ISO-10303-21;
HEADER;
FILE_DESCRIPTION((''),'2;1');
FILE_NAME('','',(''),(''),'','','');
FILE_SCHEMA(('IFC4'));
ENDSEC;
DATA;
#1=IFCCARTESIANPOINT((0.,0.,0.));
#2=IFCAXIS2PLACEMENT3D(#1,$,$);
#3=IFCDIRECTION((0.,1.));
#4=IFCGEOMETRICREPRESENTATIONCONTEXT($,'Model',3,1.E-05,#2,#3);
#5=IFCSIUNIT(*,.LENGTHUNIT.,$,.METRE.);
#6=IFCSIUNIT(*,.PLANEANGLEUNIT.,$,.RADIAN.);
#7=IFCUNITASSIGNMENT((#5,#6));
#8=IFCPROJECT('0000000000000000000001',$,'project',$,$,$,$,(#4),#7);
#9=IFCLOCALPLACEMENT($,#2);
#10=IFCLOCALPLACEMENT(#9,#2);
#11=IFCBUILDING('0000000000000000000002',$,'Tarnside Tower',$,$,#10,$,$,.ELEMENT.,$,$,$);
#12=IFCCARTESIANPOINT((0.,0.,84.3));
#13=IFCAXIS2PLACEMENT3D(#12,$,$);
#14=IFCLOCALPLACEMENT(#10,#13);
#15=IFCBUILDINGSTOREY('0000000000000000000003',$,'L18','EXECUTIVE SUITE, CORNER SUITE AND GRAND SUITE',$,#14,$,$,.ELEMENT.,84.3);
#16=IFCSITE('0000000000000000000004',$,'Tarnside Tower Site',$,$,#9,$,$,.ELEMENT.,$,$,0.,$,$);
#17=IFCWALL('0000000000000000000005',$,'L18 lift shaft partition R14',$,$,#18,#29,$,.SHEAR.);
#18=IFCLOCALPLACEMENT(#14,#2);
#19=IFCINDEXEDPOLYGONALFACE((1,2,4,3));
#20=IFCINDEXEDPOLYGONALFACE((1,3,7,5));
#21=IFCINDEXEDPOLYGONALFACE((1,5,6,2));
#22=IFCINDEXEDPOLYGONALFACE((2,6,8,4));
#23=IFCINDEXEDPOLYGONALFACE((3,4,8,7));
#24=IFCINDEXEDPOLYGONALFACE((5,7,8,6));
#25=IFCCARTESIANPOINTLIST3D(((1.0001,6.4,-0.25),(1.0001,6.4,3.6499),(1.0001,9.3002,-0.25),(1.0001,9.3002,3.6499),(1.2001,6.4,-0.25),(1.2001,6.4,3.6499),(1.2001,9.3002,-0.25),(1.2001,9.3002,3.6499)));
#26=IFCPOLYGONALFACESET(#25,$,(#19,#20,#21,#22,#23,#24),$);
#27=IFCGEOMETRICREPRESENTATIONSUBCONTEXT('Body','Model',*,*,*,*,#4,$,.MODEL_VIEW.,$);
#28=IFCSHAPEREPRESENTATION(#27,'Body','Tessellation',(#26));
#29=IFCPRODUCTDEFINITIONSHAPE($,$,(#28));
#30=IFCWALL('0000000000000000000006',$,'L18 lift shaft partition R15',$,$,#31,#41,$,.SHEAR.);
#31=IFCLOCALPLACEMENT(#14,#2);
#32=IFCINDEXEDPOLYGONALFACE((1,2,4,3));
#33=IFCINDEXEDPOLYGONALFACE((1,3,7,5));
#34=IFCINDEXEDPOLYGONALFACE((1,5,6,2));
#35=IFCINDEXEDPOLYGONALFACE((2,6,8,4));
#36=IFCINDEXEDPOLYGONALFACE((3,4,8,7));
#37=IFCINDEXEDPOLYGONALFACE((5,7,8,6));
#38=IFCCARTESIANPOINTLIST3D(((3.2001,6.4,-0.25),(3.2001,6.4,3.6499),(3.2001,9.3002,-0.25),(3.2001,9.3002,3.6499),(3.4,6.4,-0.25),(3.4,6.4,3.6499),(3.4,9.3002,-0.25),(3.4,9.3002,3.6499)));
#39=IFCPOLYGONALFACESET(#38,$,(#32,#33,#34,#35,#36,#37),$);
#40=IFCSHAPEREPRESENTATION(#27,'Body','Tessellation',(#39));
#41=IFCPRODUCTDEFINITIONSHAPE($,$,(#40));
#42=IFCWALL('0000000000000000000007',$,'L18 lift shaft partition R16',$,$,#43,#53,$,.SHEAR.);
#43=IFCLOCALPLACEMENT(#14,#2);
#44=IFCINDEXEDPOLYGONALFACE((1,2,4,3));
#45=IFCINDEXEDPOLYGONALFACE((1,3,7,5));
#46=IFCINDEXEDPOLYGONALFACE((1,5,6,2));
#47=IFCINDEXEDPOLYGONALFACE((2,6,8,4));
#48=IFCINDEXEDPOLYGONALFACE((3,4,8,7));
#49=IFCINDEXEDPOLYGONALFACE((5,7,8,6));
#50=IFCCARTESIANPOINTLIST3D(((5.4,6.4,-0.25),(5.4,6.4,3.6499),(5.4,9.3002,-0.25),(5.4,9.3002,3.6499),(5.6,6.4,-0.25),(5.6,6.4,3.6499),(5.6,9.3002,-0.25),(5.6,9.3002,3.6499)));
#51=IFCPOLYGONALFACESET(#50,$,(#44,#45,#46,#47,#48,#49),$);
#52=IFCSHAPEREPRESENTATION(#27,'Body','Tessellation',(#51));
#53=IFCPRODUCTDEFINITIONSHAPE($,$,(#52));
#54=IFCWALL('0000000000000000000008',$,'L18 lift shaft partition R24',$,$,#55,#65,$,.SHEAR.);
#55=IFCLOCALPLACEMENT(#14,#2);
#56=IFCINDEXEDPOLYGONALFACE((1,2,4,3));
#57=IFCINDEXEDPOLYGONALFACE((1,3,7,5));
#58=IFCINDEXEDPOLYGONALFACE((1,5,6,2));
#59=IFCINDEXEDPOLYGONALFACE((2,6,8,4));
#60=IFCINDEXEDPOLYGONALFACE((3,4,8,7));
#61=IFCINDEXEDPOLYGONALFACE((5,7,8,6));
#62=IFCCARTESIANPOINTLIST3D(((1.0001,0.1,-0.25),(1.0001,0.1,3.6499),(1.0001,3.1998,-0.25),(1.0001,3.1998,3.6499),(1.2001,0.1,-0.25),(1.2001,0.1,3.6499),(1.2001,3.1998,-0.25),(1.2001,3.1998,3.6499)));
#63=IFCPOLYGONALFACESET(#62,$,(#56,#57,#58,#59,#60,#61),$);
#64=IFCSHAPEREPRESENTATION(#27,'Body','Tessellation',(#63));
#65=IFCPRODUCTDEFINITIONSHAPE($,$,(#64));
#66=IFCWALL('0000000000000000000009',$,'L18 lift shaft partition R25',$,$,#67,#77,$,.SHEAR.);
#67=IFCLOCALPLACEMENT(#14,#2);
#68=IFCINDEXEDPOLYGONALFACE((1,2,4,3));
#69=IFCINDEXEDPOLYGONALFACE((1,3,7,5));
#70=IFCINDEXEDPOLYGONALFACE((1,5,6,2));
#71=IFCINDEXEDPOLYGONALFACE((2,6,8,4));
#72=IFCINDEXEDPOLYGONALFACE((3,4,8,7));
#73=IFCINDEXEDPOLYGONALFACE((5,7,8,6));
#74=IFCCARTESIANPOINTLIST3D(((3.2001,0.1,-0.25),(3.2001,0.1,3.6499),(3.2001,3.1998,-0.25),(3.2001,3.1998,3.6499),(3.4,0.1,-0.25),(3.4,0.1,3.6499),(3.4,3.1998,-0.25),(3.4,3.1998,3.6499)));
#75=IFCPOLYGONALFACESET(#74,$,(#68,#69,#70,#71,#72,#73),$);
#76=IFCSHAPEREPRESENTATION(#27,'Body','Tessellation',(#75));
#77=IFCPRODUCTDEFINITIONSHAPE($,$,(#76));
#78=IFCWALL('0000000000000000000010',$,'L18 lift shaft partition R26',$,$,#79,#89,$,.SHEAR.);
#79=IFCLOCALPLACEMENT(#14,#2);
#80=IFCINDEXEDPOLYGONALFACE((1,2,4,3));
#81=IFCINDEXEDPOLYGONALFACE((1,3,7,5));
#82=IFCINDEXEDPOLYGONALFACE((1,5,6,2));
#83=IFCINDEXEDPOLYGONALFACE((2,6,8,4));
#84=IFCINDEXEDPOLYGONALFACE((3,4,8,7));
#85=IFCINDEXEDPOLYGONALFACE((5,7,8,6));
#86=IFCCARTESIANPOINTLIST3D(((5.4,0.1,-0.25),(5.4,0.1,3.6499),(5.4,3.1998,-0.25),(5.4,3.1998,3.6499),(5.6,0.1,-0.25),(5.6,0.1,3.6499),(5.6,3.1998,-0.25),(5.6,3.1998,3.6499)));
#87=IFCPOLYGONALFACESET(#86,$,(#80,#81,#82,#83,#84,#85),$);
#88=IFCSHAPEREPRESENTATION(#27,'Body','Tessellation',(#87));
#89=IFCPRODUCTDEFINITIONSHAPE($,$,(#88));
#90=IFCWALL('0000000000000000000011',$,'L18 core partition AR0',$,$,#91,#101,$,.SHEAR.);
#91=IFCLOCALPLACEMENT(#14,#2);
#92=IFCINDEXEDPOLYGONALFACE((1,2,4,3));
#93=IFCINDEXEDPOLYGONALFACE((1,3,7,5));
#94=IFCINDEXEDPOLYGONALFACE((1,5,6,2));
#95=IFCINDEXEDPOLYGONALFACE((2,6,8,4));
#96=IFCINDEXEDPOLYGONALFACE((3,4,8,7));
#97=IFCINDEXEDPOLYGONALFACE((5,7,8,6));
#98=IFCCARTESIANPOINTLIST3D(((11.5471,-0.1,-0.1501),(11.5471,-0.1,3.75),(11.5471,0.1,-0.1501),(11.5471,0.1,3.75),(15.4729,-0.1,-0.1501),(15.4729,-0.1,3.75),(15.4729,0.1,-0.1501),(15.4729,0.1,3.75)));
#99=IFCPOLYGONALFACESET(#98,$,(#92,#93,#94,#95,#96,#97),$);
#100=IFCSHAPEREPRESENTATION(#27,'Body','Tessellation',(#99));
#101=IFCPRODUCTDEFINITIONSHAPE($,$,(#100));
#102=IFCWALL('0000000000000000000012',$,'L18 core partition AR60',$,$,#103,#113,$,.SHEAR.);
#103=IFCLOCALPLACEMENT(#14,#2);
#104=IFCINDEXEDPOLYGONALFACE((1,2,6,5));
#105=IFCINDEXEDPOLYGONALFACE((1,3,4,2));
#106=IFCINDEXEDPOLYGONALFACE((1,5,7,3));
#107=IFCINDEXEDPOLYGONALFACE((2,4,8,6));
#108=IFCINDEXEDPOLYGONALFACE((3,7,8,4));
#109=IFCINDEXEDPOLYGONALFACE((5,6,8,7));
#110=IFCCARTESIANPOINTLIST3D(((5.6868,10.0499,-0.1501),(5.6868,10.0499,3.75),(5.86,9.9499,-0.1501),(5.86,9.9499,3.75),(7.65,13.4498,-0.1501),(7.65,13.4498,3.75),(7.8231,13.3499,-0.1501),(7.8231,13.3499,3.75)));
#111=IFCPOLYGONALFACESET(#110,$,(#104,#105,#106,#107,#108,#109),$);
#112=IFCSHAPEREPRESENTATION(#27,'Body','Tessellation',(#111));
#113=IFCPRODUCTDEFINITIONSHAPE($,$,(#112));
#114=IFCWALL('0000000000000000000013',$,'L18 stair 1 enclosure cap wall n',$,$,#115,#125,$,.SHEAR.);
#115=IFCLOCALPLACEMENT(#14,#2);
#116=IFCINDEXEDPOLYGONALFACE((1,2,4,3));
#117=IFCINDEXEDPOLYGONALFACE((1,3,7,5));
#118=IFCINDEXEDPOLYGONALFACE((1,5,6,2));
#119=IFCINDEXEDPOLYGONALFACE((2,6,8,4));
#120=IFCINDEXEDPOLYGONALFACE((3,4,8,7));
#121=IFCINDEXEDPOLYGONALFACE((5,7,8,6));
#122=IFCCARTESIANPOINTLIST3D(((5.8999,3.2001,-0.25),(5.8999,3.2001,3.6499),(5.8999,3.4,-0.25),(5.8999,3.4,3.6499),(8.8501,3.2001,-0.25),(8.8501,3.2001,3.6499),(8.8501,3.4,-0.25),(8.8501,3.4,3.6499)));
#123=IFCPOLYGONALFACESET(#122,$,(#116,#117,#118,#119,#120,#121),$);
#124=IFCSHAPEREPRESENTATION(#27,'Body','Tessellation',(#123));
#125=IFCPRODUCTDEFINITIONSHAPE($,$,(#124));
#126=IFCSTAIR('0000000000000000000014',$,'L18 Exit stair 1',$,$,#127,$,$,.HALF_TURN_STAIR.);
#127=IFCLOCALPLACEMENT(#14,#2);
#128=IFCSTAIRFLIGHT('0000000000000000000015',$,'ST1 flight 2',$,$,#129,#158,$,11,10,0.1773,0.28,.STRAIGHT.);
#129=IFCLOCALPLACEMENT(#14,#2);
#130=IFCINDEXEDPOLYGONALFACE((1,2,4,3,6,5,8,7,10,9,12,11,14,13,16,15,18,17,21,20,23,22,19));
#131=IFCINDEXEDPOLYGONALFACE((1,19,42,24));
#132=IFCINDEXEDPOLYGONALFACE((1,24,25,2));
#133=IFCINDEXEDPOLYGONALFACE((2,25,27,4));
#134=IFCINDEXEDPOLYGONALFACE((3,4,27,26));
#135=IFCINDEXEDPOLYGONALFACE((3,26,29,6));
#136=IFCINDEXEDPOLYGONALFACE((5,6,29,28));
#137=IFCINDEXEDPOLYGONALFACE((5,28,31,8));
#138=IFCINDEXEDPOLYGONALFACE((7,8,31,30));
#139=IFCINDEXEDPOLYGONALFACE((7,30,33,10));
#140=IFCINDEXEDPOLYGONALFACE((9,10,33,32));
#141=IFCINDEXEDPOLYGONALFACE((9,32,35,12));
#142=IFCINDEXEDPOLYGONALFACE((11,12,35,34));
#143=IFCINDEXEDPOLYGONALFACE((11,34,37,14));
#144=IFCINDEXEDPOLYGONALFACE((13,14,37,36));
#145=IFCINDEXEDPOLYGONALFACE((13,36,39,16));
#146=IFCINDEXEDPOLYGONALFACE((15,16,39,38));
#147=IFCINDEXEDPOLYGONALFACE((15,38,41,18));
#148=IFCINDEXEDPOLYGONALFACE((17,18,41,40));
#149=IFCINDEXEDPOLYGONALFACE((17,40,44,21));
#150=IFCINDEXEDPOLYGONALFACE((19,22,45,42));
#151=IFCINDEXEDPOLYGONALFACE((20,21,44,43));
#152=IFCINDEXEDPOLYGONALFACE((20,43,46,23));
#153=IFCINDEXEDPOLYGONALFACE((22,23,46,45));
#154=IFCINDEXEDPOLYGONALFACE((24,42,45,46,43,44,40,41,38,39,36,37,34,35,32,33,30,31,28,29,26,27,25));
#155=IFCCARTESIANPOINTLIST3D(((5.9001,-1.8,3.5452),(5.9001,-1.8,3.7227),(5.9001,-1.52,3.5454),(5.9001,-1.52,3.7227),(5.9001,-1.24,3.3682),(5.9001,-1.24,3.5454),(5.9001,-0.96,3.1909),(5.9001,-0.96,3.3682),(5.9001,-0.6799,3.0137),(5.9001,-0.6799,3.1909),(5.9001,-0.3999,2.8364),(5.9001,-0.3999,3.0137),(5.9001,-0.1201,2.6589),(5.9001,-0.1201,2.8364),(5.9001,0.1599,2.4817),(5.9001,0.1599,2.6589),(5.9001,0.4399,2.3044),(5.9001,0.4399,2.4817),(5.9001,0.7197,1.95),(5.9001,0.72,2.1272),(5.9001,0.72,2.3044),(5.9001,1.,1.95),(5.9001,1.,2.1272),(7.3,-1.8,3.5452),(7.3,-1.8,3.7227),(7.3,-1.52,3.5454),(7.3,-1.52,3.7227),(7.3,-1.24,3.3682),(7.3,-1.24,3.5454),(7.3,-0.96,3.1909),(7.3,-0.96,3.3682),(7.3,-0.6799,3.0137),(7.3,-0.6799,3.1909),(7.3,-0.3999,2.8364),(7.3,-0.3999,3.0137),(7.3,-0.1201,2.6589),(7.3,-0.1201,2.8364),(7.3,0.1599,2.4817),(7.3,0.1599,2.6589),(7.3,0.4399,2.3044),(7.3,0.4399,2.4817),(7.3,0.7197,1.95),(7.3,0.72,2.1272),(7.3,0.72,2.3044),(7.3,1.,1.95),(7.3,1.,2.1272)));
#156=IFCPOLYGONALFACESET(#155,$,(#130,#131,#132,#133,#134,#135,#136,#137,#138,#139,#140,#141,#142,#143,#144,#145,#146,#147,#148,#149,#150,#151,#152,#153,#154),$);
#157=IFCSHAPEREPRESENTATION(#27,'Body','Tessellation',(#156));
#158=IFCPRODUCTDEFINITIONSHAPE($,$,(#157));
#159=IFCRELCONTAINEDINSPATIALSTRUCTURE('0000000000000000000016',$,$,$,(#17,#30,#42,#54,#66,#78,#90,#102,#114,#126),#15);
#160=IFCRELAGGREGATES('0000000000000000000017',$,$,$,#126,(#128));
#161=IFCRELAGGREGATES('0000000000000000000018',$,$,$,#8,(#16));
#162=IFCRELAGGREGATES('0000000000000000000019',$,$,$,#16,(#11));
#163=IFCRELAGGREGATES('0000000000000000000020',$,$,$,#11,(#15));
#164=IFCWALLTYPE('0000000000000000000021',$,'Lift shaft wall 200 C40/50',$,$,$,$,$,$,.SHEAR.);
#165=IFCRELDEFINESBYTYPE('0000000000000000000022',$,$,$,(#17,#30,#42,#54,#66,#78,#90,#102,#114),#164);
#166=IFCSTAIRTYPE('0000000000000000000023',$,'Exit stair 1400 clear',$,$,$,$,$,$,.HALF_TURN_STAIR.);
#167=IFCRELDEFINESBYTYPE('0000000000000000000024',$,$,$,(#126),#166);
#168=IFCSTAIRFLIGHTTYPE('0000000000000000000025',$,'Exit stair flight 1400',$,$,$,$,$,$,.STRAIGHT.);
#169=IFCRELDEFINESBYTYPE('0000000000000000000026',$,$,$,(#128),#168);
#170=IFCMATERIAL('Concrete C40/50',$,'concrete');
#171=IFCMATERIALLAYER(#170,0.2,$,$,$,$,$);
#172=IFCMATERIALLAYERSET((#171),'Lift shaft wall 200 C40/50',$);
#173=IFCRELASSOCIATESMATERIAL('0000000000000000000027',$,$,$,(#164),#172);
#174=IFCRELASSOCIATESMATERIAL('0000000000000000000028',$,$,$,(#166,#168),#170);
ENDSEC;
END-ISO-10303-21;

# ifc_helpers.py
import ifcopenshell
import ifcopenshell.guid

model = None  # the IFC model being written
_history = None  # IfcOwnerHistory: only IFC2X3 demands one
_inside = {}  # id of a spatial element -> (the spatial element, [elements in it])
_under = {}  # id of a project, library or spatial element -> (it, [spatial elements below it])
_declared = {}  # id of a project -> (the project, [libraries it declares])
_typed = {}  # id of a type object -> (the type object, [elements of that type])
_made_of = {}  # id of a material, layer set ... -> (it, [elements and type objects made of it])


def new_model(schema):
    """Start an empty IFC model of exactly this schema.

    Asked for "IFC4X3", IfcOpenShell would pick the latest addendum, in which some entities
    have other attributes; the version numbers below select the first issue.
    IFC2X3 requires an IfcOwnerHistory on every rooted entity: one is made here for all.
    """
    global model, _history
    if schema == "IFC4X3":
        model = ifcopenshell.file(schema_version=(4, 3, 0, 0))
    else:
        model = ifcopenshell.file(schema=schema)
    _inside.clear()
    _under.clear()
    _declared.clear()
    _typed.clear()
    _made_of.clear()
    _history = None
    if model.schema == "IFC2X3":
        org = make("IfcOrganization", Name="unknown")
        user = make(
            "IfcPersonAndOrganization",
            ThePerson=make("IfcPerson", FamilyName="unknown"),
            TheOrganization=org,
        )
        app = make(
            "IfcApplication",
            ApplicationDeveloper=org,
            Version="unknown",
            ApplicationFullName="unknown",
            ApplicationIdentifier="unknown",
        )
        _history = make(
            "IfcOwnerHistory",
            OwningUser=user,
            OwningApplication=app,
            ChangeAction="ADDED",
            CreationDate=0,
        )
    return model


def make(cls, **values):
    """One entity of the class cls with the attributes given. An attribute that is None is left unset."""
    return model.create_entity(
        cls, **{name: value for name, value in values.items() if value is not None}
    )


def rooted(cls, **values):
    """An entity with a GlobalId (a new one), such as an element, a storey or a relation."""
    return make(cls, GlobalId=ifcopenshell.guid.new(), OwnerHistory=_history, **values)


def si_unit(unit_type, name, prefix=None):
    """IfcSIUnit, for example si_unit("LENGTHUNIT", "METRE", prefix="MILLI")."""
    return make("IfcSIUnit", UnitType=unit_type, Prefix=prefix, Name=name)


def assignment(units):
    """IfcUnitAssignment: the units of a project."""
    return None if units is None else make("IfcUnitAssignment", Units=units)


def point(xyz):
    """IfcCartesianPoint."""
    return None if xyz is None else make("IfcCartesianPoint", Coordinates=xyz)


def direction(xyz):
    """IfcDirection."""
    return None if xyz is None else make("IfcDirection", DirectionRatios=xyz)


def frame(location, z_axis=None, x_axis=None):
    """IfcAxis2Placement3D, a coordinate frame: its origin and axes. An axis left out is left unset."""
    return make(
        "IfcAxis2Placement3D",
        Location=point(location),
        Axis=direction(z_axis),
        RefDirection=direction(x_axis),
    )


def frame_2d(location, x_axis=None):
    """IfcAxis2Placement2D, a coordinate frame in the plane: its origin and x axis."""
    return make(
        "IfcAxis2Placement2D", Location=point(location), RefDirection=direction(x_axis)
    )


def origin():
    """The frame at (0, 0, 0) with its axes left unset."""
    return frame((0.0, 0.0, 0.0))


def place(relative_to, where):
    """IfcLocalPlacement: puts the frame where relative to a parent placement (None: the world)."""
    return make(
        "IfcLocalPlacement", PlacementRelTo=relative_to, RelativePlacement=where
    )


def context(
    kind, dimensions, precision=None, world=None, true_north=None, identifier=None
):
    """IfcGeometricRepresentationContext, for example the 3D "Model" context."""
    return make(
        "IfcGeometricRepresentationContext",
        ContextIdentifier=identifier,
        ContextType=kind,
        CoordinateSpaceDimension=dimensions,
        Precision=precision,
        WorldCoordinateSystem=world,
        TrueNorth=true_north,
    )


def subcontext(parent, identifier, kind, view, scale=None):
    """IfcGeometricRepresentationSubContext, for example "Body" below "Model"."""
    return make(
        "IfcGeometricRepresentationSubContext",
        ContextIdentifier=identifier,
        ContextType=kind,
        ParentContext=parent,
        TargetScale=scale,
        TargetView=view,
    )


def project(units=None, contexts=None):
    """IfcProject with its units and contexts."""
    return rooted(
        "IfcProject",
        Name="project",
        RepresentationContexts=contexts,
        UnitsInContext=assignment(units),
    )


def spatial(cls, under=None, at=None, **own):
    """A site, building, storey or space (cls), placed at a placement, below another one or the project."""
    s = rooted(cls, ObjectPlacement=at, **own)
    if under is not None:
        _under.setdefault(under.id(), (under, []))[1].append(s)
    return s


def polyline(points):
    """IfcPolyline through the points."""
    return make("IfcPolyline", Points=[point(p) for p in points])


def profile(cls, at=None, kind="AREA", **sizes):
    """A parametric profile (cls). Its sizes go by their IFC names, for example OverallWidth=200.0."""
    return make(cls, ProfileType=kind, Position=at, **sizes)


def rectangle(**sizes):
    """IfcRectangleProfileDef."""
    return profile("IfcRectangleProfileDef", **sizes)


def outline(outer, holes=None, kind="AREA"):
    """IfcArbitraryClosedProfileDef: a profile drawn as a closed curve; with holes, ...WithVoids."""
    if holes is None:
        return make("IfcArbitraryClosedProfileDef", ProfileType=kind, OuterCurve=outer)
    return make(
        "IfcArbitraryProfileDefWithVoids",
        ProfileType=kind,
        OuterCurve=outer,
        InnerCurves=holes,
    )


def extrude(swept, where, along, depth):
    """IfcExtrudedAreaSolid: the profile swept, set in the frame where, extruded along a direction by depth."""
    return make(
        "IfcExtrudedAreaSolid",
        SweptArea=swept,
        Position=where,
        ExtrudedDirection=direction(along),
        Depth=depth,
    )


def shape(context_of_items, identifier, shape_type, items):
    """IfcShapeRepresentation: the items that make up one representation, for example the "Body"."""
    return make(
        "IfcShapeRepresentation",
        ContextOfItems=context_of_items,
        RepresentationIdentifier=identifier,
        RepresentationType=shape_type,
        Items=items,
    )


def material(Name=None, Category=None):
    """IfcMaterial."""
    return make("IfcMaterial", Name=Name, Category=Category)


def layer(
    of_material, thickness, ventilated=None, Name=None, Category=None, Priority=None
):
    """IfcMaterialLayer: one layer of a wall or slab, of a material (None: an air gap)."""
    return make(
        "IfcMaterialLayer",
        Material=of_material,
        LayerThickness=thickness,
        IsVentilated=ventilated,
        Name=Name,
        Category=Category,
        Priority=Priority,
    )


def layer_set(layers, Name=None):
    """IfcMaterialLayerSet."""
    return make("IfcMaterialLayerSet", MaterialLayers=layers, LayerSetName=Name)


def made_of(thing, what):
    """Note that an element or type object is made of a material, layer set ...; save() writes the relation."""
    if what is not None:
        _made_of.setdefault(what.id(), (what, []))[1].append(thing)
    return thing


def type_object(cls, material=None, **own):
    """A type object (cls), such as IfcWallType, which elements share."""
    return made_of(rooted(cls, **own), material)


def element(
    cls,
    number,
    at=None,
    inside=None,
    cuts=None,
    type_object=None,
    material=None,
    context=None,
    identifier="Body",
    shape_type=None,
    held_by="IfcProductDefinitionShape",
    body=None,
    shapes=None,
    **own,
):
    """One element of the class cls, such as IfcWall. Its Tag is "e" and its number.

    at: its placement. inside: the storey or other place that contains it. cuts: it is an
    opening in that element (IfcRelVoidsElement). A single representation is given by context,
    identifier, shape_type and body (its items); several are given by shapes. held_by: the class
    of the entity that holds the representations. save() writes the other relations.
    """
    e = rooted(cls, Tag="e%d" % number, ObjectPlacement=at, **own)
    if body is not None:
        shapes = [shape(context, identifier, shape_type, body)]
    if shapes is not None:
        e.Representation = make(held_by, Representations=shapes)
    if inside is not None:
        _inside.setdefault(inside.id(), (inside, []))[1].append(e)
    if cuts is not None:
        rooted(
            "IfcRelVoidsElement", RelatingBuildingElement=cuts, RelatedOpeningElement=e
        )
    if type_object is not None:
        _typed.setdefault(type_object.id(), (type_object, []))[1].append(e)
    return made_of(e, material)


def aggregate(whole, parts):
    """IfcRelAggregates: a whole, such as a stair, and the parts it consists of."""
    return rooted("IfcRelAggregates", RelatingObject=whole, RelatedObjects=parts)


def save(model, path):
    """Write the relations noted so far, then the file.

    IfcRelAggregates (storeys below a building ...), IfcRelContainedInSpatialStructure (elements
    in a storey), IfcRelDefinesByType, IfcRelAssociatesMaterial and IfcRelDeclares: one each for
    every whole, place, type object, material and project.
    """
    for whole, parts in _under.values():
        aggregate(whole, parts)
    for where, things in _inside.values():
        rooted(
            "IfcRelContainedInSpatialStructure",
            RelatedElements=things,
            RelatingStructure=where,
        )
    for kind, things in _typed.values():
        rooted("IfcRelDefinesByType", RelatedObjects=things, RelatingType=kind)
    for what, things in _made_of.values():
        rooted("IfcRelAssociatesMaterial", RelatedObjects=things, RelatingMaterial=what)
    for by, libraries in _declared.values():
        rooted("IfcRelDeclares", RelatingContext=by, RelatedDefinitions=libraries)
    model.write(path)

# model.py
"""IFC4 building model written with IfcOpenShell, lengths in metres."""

from ifc_helpers import new_model, si_unit, direction, frame, frame_2d, origin, place, context, subcontext, project, spatial, polyline, rectangle, outline, extrude, material, layer, layer_set, type_object, element, aggregate, save


model = new_model("IFC4")

# Units and contexts
model_context = context("Model", 3, precision=1e-05, world=origin(), true_north=direction((0.0, 1.0)))
body_context = subcontext(model_context, "Body", "Model", "MODEL_VIEW")
ifc_project = project(units=[si_unit("LENGTHUNIT", "METRE"), si_unit("PLANEANGLEUNIT", "RADIAN")], contexts=[model_context])

# Site, building, storey
site_placement = place(None, origin())
site = spatial("IfcSite", under=ifc_project, at=site_placement, Name="Tarnside Tower Site", CompositionType="ELEMENT", RefElevation=0.0)
building_placement = place(site_placement, origin())
building = spatial("IfcBuilding", under=site, at=building_placement, Name="Tarnside Tower", CompositionType="ELEMENT")
storey_placement = place(building_placement, frame((0.0, 0.0, 84.3)))
storey = spatial("IfcBuildingStorey", under=building, at=storey_placement, Name="L18", Description="EXECUTIVE SUITE, CORNER SUITE AND GRAND SUITE", CompositionType="ELEMENT", Elevation=84.3)

# Walls
ifc_material_1 = material(Name="Concrete C40/50", Category="concrete")
ifc_layer_1 = layer(ifc_material_1, 0.2)
ifc_layer_set_1 = layer_set([ifc_layer_1], Name="Lift shaft wall 200 C40/50")
wall_type_1 = type_object("IfcWallType", Name="Lift shaft wall 200 C40/50", PredefinedType="SHEAR", material=ifc_layer_set_1)
for number, where, z_axis, x_axis, name in (
    (1, (1.1001, 6.3999, -0.25), (0.0, 0.0, 1.0), (0.0, 1.0, 0.0), "L18 lift shaft partition R14"),
    (2, (3.3, 6.3999, -0.25), (0.0, 0.0, 1.0), (0.0, 1.0, 0.0), "L18 lift shaft partition R15"),
    (3, (5.5, 6.3999, -0.25), (0.0, 0.0, 1.0), (0.0, 1.0, 0.0), "L18 lift shaft partition R16"),
):
    element("IfcWall", number, at=place(storey_placement, frame(where, z_axis=z_axis, x_axis=x_axis)), inside=storey, type_object=wall_type_1, Name=name, PredefinedType="SHEAR", context=body_context, shape_type="SweptSolid", body=[
        extrude(rectangle(XDim=2.9001, YDim=0.2, at=frame_2d((1.4502, 0.0))), origin(), (0.0, 0.0, 1.0), 3.8999),
    ])
for number, where, z_axis, x_axis, name in (
    (4, (1.1001, 0.1001, -0.25), (0.0, 0.0, 1.0), (0.0, 1.0, 0.0), "L18 lift shaft partition R24"),
    (5, (3.3, 0.1001, -0.25), (0.0, 0.0, 1.0), (0.0, 1.0, 0.0), "L18 lift shaft partition R25"),
    (6, (5.5, 0.1001, -0.25), (0.0, 0.0, 1.0), (0.0, 1.0, 0.0), "L18 lift shaft partition R26"),
):
    element("IfcWall", number, at=place(storey_placement, frame(where, z_axis=z_axis, x_axis=x_axis)), inside=storey, type_object=wall_type_1, Name=name, PredefinedType="SHEAR", context=body_context, shape_type="SweptSolid", body=[
        extrude(rectangle(XDim=3.0999, YDim=0.2, at=frame_2d((1.5498, 0.0))), origin(), (0.0, 0.0, 1.0), 3.8999),
    ])
wall_1_placement = place(storey_placement, frame((11.5471, 0.0, -0.1501), z_axis=(0.0, 0.0, 1.0), x_axis=(1.0, 0.0, 0.0)))
element("IfcWall", 7, at=wall_1_placement, inside=storey, type_object=wall_type_1, Name="L18 core partition AR0", PredefinedType="SHEAR", context=body_context, shape_type="SweptSolid", body=[
    extrude(rectangle(XDim=3.9258, YDim=0.2, at=frame_2d((1.9629, 0.0))), origin(), (0.0, 0.0, 1.0), 3.9001),
])
wall_2_placement = place(storey_placement, frame((5.7734, 10.0, -0.1501), z_axis=(0.0, 0.0, 1.0), x_axis=(0.500038, 0.866003, 0.0)))
element("IfcWall", 8, at=wall_2_placement, inside=storey, type_object=wall_type_1, Name="L18 core partition AR60", PredefinedType="SHEAR", context=body_context, shape_type="SweptSolid", body=[
    extrude(rectangle(XDim=3.926, YDim=0.2, at=frame_2d((1.9629, 0.0))), origin(), (0.0, 0.0, 1.0), 3.9001),
])
wall_3_placement = place(storey_placement, frame((5.8999, 3.3, -0.25), z_axis=(0.0, 0.0, 1.0), x_axis=(1.0, 0.0, 0.0)))
element("IfcWall", 9, at=wall_3_placement, inside=storey, type_object=wall_type_1, Name="L18 stair 1 enclosure cap wall n", PredefinedType="SHEAR", context=body_context, shape_type="SweptSolid", body=[
    extrude(rectangle(XDim=2.9502, YDim=0.2, at=frame_2d((1.4751, 0.0))), origin(), (0.0, 0.0, 1.0), 3.8999),
])

# Stair, stair flight
stair_type = type_object("IfcStairType", Name="Exit stair 1400 clear", PredefinedType="HALF_TURN_STAIR", material=ifc_material_1)
stair_placement = place(storey_placement, origin())
stair = element("IfcStair", 10, at=stair_placement, inside=storey, type_object=stair_type, Name="L18 Exit stair 1", PredefinedType="HALF_TURN_STAIR")
stair_flight_type = type_object("IfcStairFlightType", Name="Exit stair flight 1400", PredefinedType="STRAIGHT", material=ifc_material_1)
stair_flight_placement = place(storey_placement, frame((6.6001, 1.0, 1.95), z_axis=(0.0, 0.0, 1.0), x_axis=(0.0, -1.0, 0.0)))
stair_flight = element("IfcStairFlight", 11, at=stair_flight_placement, type_object=stair_flight_type, Name="ST1 flight 2", NumberOfRisers=11, NumberOfTreads=10, PredefinedType="STRAIGHT", RiserHeight=0.1773, TreadLength=0.28, context=body_context, shape_type="SweptSolid", body=[
    extrude(outline(polyline([(0.0, 0.0), (0.0, 0.1772), (0.28, 0.1772), (0.28, 0.3545), (0.5601, 0.3545), (0.5601, 0.5317), (0.8401, 0.5317), (0.8401, 0.709), (1.1201, 0.709), (1.1201, 0.8865), (1.3999, 0.8865), (1.3999, 1.0637), (1.6799, 1.0637), (1.6799, 1.241), (1.96, 1.241), (1.96, 1.4182), (2.24, 1.4182), (2.24, 1.5955), (2.52, 1.5955), (2.52, 1.7727), (2.8, 1.7727), (2.8, 1.95), (2.8, 1.5952), (0.2803, 0.0), (0.0, 0.0)])), frame((0.0, 0.7, 0.0), z_axis=(0.0, -1.0, 0.0), x_axis=(1.0, 0.0, 0.0)), (0.0, 0.0, 1.0), 1.3999),
])
aggregate(stair, [stair_flight])

save(model, "model.ifc")
